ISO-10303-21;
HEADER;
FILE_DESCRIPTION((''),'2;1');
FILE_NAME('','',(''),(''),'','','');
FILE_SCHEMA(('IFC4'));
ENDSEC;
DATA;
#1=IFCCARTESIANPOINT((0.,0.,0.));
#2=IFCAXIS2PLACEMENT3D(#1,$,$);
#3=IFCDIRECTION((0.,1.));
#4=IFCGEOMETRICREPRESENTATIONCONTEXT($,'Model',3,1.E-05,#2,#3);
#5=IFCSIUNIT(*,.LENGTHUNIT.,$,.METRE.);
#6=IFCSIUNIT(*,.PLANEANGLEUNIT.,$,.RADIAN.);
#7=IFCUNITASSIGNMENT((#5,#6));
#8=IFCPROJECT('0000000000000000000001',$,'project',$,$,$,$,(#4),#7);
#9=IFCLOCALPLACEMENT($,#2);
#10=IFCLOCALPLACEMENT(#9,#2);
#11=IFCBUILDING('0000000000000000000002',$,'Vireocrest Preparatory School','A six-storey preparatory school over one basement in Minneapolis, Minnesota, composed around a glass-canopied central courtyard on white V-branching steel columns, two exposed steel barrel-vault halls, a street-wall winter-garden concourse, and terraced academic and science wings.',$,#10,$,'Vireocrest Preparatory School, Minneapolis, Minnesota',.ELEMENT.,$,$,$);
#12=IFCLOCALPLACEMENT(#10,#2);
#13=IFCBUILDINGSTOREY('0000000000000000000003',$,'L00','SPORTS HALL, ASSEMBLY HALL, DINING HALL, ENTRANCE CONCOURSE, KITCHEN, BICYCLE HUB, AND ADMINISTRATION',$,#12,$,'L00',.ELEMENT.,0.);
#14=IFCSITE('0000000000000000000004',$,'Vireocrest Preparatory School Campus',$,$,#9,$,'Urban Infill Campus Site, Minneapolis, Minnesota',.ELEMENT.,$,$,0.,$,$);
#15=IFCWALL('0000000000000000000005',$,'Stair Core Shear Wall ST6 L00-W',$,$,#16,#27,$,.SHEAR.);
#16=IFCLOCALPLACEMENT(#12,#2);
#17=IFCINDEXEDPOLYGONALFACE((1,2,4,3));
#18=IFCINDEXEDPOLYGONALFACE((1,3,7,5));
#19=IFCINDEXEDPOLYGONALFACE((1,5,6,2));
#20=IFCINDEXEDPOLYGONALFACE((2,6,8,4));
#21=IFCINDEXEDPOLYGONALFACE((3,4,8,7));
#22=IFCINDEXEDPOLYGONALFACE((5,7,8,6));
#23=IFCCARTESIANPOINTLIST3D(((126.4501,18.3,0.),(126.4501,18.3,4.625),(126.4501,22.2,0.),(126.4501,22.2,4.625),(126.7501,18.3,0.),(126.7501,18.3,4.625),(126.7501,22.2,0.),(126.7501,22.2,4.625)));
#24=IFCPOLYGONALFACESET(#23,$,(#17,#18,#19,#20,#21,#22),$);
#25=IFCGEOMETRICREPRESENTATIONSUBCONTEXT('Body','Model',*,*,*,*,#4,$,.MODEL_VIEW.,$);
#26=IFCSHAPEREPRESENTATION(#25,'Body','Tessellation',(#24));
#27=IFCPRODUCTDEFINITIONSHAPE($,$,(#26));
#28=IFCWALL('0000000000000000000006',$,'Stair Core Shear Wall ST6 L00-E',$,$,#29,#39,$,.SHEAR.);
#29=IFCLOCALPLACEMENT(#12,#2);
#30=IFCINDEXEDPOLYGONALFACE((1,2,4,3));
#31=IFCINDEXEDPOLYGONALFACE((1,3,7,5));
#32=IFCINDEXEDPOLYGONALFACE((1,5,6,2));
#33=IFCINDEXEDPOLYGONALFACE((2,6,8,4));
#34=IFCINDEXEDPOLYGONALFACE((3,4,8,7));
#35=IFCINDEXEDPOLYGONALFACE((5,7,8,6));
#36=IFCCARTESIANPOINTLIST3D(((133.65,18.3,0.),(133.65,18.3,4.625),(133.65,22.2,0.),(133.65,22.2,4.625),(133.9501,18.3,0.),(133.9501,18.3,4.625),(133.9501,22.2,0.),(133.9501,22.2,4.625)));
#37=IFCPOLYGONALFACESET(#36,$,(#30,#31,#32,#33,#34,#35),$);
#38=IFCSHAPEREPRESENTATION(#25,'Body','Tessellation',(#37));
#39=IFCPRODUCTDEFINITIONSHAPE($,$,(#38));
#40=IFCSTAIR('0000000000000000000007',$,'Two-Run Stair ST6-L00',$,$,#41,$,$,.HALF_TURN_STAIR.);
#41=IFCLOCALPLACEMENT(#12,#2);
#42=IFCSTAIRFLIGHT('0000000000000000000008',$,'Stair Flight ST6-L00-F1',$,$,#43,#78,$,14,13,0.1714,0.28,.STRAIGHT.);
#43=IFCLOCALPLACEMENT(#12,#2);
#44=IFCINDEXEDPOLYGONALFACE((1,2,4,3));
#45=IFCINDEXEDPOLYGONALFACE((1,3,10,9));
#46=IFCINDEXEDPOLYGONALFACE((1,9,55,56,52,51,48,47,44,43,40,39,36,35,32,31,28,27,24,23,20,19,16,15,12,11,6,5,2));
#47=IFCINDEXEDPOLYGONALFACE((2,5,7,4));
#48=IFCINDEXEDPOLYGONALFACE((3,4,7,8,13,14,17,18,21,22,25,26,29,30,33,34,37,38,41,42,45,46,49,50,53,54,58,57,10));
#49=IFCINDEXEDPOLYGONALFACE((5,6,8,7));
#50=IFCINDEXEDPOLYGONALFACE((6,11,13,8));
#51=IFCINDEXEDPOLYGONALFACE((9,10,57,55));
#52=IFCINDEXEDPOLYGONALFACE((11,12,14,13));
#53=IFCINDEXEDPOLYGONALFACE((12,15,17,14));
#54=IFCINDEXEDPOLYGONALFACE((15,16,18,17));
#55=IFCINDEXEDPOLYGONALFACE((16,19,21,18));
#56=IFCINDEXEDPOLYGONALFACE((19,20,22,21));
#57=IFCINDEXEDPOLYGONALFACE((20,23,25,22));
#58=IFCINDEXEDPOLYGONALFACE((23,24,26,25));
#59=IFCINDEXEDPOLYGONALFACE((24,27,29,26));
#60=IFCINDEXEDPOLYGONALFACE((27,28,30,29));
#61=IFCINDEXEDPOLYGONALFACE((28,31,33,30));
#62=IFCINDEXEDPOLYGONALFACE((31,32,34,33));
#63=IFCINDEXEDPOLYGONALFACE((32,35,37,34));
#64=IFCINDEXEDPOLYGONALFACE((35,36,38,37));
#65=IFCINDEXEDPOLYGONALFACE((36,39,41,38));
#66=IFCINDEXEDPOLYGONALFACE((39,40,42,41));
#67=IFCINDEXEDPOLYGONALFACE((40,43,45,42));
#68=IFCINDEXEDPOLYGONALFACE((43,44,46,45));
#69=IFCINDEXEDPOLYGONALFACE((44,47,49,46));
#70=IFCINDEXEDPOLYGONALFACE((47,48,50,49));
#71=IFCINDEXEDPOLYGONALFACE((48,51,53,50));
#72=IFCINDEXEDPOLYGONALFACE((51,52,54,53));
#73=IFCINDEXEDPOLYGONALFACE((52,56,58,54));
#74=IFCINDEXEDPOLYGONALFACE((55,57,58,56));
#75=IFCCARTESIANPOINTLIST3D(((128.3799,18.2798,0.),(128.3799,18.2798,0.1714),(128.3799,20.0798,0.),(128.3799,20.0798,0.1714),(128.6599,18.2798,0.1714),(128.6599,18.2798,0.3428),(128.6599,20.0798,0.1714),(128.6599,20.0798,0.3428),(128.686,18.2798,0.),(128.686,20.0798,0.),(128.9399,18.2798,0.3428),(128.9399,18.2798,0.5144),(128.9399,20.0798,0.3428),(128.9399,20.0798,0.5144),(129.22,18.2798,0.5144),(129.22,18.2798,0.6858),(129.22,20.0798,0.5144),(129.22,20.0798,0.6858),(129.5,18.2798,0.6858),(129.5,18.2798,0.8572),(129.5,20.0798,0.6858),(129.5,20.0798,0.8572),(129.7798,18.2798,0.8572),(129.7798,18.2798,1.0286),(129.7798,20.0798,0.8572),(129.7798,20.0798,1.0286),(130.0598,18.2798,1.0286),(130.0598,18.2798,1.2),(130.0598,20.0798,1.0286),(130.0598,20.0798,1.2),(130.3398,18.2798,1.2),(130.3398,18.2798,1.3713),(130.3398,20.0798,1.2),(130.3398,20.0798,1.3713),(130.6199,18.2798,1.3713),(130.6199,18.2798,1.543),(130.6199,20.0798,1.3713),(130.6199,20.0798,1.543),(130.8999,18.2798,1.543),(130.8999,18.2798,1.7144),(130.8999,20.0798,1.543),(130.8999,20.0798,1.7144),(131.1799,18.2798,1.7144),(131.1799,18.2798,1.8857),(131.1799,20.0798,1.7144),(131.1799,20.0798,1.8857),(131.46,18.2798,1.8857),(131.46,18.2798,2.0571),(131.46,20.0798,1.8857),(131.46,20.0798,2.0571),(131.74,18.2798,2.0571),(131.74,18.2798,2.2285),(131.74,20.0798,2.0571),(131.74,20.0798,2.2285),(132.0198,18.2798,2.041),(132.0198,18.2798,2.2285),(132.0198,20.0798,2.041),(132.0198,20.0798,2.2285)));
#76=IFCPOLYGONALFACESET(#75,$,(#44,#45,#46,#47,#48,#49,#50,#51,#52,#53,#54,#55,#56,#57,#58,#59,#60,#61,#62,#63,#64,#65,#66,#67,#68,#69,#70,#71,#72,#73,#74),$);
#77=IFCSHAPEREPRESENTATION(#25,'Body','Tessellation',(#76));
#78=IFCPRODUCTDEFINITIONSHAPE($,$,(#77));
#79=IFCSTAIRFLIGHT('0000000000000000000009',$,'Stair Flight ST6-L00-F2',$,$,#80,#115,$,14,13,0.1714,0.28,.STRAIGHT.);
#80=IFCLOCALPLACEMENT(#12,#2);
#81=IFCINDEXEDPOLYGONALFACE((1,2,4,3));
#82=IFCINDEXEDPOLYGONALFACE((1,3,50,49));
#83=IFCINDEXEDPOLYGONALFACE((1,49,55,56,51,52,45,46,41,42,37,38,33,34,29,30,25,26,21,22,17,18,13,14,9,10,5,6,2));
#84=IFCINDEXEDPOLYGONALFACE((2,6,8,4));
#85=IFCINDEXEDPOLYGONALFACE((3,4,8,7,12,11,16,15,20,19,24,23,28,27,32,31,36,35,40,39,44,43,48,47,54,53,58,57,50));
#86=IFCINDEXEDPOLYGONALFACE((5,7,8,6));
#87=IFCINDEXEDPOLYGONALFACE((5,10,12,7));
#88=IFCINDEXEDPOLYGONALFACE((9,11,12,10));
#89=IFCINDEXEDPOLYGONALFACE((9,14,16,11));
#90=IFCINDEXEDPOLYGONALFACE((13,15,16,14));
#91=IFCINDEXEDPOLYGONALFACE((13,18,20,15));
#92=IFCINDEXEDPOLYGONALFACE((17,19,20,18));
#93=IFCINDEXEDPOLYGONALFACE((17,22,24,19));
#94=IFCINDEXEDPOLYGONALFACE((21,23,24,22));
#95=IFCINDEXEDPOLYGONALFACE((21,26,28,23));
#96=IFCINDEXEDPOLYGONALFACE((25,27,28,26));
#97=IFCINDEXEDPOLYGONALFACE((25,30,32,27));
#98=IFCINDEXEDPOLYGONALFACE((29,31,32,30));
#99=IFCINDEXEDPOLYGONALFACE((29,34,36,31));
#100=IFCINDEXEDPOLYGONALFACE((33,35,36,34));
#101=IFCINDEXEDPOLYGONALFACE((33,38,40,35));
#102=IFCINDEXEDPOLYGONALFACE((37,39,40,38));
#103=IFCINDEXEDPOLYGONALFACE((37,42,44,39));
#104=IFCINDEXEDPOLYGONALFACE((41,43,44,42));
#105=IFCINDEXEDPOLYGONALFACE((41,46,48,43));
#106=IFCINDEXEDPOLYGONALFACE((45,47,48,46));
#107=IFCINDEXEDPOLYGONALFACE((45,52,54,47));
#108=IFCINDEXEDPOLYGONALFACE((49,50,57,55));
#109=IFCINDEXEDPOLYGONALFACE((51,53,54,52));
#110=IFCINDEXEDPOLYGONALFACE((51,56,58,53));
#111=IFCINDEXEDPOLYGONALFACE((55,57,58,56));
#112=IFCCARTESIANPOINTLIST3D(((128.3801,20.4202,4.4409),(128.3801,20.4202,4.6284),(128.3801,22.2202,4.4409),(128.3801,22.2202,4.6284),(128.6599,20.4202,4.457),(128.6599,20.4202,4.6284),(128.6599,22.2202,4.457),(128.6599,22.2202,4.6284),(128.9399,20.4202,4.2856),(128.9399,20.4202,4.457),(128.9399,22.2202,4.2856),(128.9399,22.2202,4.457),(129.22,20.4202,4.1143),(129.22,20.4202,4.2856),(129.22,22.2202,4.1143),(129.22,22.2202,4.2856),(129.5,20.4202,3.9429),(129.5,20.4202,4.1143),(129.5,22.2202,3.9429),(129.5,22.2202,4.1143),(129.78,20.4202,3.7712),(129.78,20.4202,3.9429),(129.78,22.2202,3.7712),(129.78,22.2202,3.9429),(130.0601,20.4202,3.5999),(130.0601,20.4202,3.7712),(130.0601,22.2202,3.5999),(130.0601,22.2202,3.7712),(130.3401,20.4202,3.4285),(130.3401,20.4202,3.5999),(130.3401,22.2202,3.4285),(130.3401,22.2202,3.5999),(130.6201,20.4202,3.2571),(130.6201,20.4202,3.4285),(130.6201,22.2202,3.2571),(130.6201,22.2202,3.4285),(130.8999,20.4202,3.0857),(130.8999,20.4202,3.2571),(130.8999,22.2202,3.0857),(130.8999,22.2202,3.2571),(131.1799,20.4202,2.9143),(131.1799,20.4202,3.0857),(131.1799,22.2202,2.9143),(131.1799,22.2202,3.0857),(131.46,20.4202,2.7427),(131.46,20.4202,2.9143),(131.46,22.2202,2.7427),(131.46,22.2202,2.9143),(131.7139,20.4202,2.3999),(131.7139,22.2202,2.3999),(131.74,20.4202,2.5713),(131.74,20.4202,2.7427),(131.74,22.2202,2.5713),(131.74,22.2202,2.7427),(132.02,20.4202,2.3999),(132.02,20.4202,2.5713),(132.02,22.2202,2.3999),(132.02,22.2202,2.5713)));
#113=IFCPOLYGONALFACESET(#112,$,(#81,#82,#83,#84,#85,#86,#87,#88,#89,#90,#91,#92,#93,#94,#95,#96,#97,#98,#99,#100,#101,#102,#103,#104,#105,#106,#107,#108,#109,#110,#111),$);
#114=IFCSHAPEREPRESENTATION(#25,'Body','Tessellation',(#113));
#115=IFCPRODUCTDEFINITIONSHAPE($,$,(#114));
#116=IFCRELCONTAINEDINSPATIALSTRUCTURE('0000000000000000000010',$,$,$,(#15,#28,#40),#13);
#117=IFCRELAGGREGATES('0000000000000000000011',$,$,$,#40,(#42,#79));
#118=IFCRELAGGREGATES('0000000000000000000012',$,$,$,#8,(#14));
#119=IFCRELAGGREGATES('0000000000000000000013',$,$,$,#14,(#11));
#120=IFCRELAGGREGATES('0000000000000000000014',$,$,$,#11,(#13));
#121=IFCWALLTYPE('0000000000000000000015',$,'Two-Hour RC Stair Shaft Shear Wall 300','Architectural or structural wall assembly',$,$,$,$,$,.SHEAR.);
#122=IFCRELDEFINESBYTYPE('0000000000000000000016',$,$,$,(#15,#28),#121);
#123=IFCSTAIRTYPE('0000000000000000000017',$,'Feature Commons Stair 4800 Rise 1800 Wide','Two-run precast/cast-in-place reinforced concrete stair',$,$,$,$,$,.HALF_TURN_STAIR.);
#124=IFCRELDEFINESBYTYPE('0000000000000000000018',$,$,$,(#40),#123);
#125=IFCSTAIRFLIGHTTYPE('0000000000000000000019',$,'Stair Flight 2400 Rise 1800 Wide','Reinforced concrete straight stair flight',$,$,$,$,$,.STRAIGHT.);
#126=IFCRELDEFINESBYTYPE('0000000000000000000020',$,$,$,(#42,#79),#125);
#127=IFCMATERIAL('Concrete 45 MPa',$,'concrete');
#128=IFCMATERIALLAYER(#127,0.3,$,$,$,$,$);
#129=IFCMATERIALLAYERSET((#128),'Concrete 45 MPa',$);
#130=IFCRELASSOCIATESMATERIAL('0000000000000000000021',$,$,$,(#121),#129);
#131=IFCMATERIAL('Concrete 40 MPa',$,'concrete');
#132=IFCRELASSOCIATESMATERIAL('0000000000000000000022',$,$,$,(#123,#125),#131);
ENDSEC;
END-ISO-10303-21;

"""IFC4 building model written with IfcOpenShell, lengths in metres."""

from ifc_helpers import new_model, si_unit, direction, frame, frame_2d, origin, place, context, subcontext, project, spatial, polyline, rectangle, outline, extrude, material, layer, layer_set, type_object, element, aggregate, save


model = new_model("IFC4")

# Units and contexts
model_context = context("Model", 3, precision=1e-05, world=origin(), true_north=direction((0.0, 1.0)))
body_context = subcontext(model_context, "Body", "Model", "MODEL_VIEW")
ifc_project = project(units=[si_unit("LENGTHUNIT", "METRE"), si_unit("PLANEANGLEUNIT", "RADIAN")], contexts=[model_context])

# Site, building, storey
site_placement = place(None, origin())
site = spatial("IfcSite", under=ifc_project, at=site_placement, Name="Vireocrest Preparatory School Campus", LongName="Urban Infill Campus Site, Minneapolis, Minnesota", CompositionType="ELEMENT", RefElevation=0.0)
building_placement = place(site_placement, origin())
building = spatial("IfcBuilding", under=site, at=building_placement, Name="Vireocrest Preparatory School", Description="A six-storey preparatory school over one basement in Minneapolis, Minnesota, composed around a glass-canopied central courtyard on white V-branching steel columns, two exposed steel barrel-vault halls, a street-wall winter-garden concourse, and terraced academic and science wings.", LongName="Vireocrest Preparatory School, Minneapolis, Minnesota", CompositionType="ELEMENT")
storey_placement = place(building_placement, origin())
storey = spatial("IfcBuildingStorey", under=building, at=storey_placement, Name="L00", Description="SPORTS HALL, ASSEMBLY HALL, DINING HALL, ENTRANCE CONCOURSE, KITCHEN, BICYCLE HUB, AND ADMINISTRATION", LongName="L00", CompositionType="ELEMENT", Elevation=0.0)

# Shared definitions
ifc_material_1 = material(Name="Concrete 45 MPa", Category="concrete")

# Shared definitions
ifc_material_2 = material(Name="Concrete 40 MPa", Category="concrete")

# Shared definitions
ifc_layer_1 = layer(ifc_material_1, 0.3)
ifc_layer_set_1 = layer_set([ifc_layer_1], Name="Concrete 45 MPa")
wall_type_1 = type_object("IfcWallType", Name="Two-Hour RC Stair Shaft Shear Wall 300", Description="Architectural or structural wall assembly", PredefinedType="SHEAR", material=ifc_layer_set_1)

# Walls
for number, where, z_axis, x_axis, name in (
    (1, (126.6001, 18.3, 0.0), (0.0, 0.0, 1.0), (0.0, 1.0, 0.0), "Stair Core Shear Wall ST6 L00-W"),
    (2, (133.8, 18.3, 0.0), (0.0, 0.0, 1.0), (0.0, 1.0, 0.0), "Stair Core Shear Wall ST6 L00-E"),
):
    element("IfcWall", number, at=place(storey_placement, frame(where, z_axis=z_axis, x_axis=x_axis)), inside=storey, type_object=wall_type_1, Name=name, PredefinedType="SHEAR", context=body_context, shape_type="SweptSolid", body=[
        extrude(rectangle(XDim=3.8999, YDim=0.3, at=frame_2d((1.95, 0.0))), origin(), (0.0, 0.0, 1.0), 4.625),
    ])

# Stair, stair flights
stair_type = type_object("IfcStairType", Name="Feature Commons Stair 4800 Rise 1800 Wide", Description="Two-run precast/cast-in-place reinforced concrete stair", PredefinedType="HALF_TURN_STAIR", material=ifc_material_2)
stair_placement = place(storey_placement, origin())
stair = element("IfcStair", 3, at=stair_placement, inside=storey, type_object=stair_type, Name="Two-Run Stair ST6-L00", PredefinedType="HALF_TURN_STAIR")
stair_flight_type = type_object("IfcStairFlightType", Name="Stair Flight 2400 Rise 1800 Wide", Description="Reinforced concrete straight stair flight", PredefinedType="STRAIGHT", material=ifc_material_2)
stair_flight_1_placement = place(storey_placement, frame((128.3799, 19.1799, 0.0), z_axis=(0.0, 0.0, 1.0), x_axis=(1.0, 0.0, 0.0)))
stair_flight_1 = element("IfcStairFlight", 4, at=stair_flight_1_placement, type_object=stair_flight_type, Name="Stair Flight ST6-L00-F1", NumberOfRisers=14, NumberOfTreads=13, PredefinedType="STRAIGHT", RiserHeight=0.1714, TreadLength=0.28, context=body_context, shape_type="SweptSolid", body=[
    extrude(outline(polyline([(0.0, 0.0), (0.0, 0.1714), (0.28, 0.1714), (0.28, 0.3428), (0.5601, 0.3428), (0.5601, 0.5144), (0.8401, 0.5144), (0.8401, 0.6858), (1.1201, 0.6858), (1.1201, 0.8572), (1.3999, 0.8572), (1.3999, 1.0286), (1.6799, 1.0286), (1.6799, 1.2), (1.96, 1.2), (1.96, 1.3713), (2.24, 1.3713), (2.24, 1.543), (2.52, 1.543), (2.52, 1.7144), (2.8, 1.7144), (2.8, 1.8857), (3.0801, 1.8857), (3.0801, 2.0571), (3.3601, 2.0571), (3.3601, 2.2285), (3.6399, 2.2285), (3.6399, 2.3999), (3.6399, 2.041), (0.3062, 0.0), (0.0, 0.0)])), frame((0.0, 0.8999, 0.0), z_axis=(0.0, -1.0, 0.0), x_axis=(1.0, 0.0, 0.0)), (0.0, 0.0, 1.0), 1.8),
])
stair_flight_2_placement = place(storey_placement, frame((132.02, 21.3201, 2.3999), z_axis=(0.0, 0.0, 1.0), x_axis=(-1.0, 0.0, 0.0)))
stair_flight_2 = element("IfcStairFlight", 5, at=stair_flight_2_placement, type_object=stair_flight_type, Name="Stair Flight ST6-L00-F2", NumberOfRisers=14, NumberOfTreads=13, PredefinedType="STRAIGHT", RiserHeight=0.1714, TreadLength=0.28, context=body_context, shape_type="SweptSolid", body=[
    extrude(outline(polyline([(0.0, 0.0), (0.0, 0.1714), (0.28, 0.1714), (0.28, 0.3428), (0.5601, 0.3428), (0.5601, 0.5144), (0.8401, 0.5144), (0.8401, 0.6858), (1.1201, 0.6858), (1.1201, 0.8572), (1.3999, 0.8572), (1.3999, 1.0286), (1.6799, 1.0286), (1.6799, 1.2), (1.96, 1.2), (1.96, 1.3713), (2.24, 1.3713), (2.24, 1.543), (2.52, 1.543), (2.52, 1.7144), (2.8, 1.7144), (2.8, 1.8857), (3.0801, 1.8857), (3.0801, 2.0571), (3.3601, 2.0571), (3.3601, 2.2285), (3.6399, 2.2285), (3.6399, 2.3999), (3.6399, 2.041), (0.3062, 0.0), (0.0, 0.0)])), frame((0.0, 0.8999, 0.0), z_axis=(0.0, -1.0, 0.0), x_axis=(1.0, 0.0, 0.0)), (0.0, 0.0, 1.0), 1.8),
])
aggregate(stair, [stair_flight_1, stair_flight_2])

save(model, "model.ifc")
